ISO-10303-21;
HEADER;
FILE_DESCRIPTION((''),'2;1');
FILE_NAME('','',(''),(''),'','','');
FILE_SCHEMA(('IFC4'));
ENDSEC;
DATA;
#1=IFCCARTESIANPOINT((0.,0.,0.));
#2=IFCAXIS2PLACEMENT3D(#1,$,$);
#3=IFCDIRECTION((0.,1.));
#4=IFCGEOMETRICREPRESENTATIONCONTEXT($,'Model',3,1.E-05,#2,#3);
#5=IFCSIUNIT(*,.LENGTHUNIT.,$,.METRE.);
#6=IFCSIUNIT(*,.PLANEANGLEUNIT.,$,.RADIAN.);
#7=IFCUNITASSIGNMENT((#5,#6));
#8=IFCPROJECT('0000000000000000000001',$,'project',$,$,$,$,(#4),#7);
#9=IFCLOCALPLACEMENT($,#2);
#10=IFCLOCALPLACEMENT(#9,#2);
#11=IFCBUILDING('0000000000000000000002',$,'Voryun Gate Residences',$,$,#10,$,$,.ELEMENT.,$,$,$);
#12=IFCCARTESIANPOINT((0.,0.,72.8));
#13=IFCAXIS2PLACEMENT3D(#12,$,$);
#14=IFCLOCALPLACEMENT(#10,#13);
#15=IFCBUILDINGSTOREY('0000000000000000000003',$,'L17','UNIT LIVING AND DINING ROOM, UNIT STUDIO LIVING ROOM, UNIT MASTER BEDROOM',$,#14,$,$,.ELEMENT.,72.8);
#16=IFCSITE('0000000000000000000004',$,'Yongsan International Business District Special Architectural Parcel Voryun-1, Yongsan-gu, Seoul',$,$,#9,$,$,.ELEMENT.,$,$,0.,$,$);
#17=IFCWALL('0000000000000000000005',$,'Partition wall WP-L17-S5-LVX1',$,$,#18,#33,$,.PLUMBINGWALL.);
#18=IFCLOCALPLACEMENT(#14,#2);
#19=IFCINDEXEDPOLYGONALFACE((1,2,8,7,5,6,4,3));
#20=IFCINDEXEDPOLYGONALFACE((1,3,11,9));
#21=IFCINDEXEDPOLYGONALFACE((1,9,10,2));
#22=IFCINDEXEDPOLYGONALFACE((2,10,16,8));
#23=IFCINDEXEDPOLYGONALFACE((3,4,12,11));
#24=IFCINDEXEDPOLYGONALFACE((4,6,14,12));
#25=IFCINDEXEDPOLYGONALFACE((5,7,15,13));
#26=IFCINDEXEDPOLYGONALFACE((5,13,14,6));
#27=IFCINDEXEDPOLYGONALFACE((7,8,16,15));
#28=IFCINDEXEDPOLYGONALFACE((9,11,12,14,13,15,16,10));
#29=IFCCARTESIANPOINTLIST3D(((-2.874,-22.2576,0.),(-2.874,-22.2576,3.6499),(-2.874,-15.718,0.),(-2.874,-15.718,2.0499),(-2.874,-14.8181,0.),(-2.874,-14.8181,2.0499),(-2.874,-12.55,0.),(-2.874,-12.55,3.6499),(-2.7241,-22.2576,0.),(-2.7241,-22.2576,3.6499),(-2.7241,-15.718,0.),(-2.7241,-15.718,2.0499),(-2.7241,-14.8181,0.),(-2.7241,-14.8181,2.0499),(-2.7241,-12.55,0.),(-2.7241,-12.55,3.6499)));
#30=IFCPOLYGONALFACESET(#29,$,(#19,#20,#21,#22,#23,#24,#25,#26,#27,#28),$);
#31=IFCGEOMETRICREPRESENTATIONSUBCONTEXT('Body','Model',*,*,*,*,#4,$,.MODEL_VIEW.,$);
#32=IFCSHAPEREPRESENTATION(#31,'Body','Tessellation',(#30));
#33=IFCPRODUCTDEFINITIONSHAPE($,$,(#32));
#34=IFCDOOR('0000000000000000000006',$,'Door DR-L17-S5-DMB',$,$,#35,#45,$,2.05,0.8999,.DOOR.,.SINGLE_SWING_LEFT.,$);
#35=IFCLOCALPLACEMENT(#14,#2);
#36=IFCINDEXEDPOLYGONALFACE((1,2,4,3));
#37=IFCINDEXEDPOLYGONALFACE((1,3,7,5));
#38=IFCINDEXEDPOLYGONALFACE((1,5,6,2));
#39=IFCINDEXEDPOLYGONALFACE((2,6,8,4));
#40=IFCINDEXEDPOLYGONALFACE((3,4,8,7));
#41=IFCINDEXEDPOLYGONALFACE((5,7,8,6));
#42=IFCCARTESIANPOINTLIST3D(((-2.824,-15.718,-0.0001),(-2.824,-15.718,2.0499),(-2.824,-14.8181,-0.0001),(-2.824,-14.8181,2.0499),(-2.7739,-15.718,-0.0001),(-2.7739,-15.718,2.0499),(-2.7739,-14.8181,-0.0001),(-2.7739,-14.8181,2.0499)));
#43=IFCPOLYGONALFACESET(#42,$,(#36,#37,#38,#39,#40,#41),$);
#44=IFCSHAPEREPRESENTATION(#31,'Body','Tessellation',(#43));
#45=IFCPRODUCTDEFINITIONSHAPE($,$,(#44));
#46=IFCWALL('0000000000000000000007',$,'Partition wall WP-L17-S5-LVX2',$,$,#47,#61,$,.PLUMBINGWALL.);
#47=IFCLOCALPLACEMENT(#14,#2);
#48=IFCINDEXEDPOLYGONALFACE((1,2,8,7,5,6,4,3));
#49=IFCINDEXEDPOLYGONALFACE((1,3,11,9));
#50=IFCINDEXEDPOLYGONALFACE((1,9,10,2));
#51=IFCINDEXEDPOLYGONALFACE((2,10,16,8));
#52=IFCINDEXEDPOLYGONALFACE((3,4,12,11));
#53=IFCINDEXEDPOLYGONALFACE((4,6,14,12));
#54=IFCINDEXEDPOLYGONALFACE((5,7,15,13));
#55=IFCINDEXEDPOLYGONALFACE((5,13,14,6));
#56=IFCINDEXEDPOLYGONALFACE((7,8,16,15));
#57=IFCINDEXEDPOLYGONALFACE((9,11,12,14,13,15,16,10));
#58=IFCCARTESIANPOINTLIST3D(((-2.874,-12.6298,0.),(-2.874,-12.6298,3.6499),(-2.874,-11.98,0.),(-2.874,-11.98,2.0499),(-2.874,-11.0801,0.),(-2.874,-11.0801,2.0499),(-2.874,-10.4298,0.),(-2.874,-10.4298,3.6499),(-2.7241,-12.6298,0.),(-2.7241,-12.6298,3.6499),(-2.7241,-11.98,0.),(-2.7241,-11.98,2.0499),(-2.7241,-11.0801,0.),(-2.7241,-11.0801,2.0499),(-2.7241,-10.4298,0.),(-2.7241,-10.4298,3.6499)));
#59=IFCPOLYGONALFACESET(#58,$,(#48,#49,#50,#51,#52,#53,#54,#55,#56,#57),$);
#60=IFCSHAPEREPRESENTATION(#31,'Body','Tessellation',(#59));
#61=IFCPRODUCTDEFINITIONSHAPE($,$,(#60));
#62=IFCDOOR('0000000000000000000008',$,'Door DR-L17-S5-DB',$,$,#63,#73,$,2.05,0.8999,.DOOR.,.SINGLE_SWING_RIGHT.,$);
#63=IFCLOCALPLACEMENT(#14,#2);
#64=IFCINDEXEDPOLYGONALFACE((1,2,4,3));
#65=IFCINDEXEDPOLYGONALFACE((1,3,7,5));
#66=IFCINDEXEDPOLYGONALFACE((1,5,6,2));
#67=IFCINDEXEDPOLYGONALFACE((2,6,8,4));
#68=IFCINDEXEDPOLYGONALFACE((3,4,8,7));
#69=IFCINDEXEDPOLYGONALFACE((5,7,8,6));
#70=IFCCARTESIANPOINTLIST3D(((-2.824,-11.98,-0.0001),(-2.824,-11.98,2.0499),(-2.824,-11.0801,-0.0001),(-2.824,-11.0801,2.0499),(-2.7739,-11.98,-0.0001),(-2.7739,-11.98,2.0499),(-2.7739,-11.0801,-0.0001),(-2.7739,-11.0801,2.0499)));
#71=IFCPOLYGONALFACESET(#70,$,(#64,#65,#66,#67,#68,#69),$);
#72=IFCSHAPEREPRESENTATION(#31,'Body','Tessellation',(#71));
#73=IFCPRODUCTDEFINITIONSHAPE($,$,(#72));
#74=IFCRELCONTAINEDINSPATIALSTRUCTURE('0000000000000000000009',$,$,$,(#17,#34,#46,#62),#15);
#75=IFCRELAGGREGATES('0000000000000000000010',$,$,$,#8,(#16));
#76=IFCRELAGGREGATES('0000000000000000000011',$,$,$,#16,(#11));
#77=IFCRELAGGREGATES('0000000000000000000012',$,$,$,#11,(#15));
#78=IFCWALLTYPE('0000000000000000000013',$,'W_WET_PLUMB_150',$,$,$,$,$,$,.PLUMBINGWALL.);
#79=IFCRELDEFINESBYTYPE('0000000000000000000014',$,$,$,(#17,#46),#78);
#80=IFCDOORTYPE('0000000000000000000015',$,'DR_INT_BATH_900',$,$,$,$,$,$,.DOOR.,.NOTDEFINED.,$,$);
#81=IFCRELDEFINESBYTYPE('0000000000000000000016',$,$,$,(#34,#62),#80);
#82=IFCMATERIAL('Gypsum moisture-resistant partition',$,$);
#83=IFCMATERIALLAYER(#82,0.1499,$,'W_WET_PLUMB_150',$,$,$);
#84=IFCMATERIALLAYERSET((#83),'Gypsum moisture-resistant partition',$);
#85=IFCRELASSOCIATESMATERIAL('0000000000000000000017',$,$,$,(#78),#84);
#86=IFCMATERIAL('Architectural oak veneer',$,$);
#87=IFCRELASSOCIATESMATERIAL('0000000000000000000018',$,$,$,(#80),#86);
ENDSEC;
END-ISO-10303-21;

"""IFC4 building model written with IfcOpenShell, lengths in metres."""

from ifc_helpers import new_model, si_unit, direction, frame, frame_2d, origin, place, context, subcontext, project, spatial, rectangle, extrude, material, layer, layer_set, type_object, element, fill, save


model = new_model("IFC4")

# Units and contexts
model_context = context("Model", 3, precision=1e-05, world=origin(), true_north=direction((0.0, 1.0)))
body_context = subcontext(model_context, "Body", "Model", "MODEL_VIEW")
ifc_project = project(units=[si_unit("LENGTHUNIT", "METRE"), si_unit("PLANEANGLEUNIT", "RADIAN")], contexts=[model_context])

# Site, building, storey
site_placement = place(None, origin())
site = spatial("IfcSite", under=ifc_project, at=site_placement, Name="Yongsan International Business District Special Architectural Parcel Voryun-1, Yongsan-gu, Seoul", CompositionType="ELEMENT", RefElevation=0.0)
building_placement = place(site_placement, origin())
building = spatial("IfcBuilding", under=site, at=building_placement, Name="Voryun Gate Residences", CompositionType="ELEMENT")
storey_placement = place(building_placement, frame((0.0, 0.0, 72.8)))
storey = spatial("IfcBuildingStorey", under=building, at=storey_placement, Name="L17", Description="UNIT LIVING AND DINING ROOM, UNIT STUDIO LIVING ROOM, UNIT MASTER BEDROOM", CompositionType="ELEMENT", Elevation=72.8)

# Shared definitions
ifc_material_1 = material(Name="Gypsum moisture-resistant partition")
ifc_layer_1 = layer(ifc_material_1, 0.1499, Name="W_WET_PLUMB_150")
ifc_layer_set_1 = layer_set([ifc_layer_1], Name="Gypsum moisture-resistant partition")
wall_type_1 = type_object("IfcWallType", Name="W_WET_PLUMB_150", PredefinedType="PLUMBINGWALL", material=ifc_layer_set_1)

# Walls, openings, doors
wall_1_placement = place(storey_placement, frame((-2.7991, -22.2576, 0.0), z_axis=(0.0, 0.0, 1.0), x_axis=(0.0, 1.0, 0.0)))
wall_1 = element("IfcWall", 1, at=wall_1_placement, inside=storey, type_object=wall_type_1, Name="Partition wall WP-L17-S5-LVX1", PredefinedType="PLUMBINGWALL", context=body_context, shape_type="SweptSolid", body=[
    extrude(rectangle(XDim=9.7075, YDim=0.1499, at=frame_2d((4.8538, 0.0))), origin(), (0.0, 0.0, 1.0), 3.6499),
])
opening_1_placement = place(wall_1_placement, frame((6.5396, 0.0, 0.0)))
opening_1 = element("IfcOpeningElement", 2, at=opening_1_placement, cuts=wall_1, PredefinedType="OPENING", context=body_context, shape_type="SweptSolid", body=[
    extrude(rectangle(XDim=0.8999, YDim=2.05, at=frame_2d((0.45, 1.0249))), frame((0.0, 0.085, 0.0), z_axis=(0.0, -1.0, 0.0), x_axis=(1.0, 0.0, 0.0)), (0.0, 0.0, 1.0), 0.1699),
])
ifc_material_2 = material(Name="Architectural oak veneer")
door_type_1 = type_object("IfcDoorType", Name="DR_INT_BATH_900", OperationType="NOTDEFINED", PredefinedType="DOOR", material=ifc_material_2)
door_1_placement = place(opening_1_placement, origin())
door_1 = element("IfcDoor", 3, at=door_1_placement, inside=storey, type_object=door_type_1, Name="Door DR-L17-S5-DMB", OperationType="SINGLE_SWING_LEFT", OverallHeight=2.05, OverallWidth=0.8999, PredefinedType="DOOR", context=body_context, shape_type="SweptSolid", body=[
    extrude(rectangle(XDim=0.8999, YDim=2.05, at=frame_2d((0.45, 1.0249))), frame((0.0, 0.0249, 0.0), z_axis=(0.0, -1.0, 0.0), x_axis=(1.0, 0.0, 0.0)), (0.0, 0.0, 1.0), 0.05),
])
fill(opening_1, door_1)
wall_2_placement = place(storey_placement, frame((-2.7991, -12.6299, 0.0), z_axis=(0.0, 0.0, 1.0), x_axis=(0.0, 1.0, 0.0)))
wall_2 = element("IfcWall", 4, at=wall_2_placement, inside=storey, type_object=wall_type_1, Name="Partition wall WP-L17-S5-LVX2", PredefinedType="PLUMBINGWALL", context=body_context, shape_type="SweptSolid", body=[
    extrude(rectangle(XDim=2.2, YDim=0.1499, at=frame_2d((1.1001, 0.0))), origin(), (0.0, 0.0, 1.0), 3.6499),
])
opening_2_placement = place(wall_2_placement, frame((0.6499, 0.0, 0.0)))
opening_2 = element("IfcOpeningElement", 5, at=opening_2_placement, cuts=wall_2, PredefinedType="OPENING", context=body_context, shape_type="SweptSolid", body=[
    extrude(rectangle(XDim=0.8999, YDim=2.05, at=frame_2d((0.45, 1.0249))), frame((0.0, 0.085, 0.0), z_axis=(0.0, -1.0, 0.0), x_axis=(1.0, 0.0, 0.0)), (0.0, 0.0, 1.0), 0.1699),
])
door_2_placement = place(opening_2_placement, origin())
door_2 = element("IfcDoor", 6, at=door_2_placement, inside=storey, type_object=door_type_1, Name="Door DR-L17-S5-DB", OperationType="SINGLE_SWING_RIGHT", OverallHeight=2.05, OverallWidth=0.8999, PredefinedType="DOOR", context=body_context, shape_type="SweptSolid", body=[
    extrude(rectangle(XDim=0.8999, YDim=2.05, at=frame_2d((0.45, 1.0249))), frame((0.0, 0.0249, 0.0), z_axis=(0.0, -1.0, 0.0), x_axis=(1.0, 0.0, 0.0)), (0.0, 0.0, 1.0), 0.05),
])
fill(opening_2, door_2)

save(model, "model.ifc")
